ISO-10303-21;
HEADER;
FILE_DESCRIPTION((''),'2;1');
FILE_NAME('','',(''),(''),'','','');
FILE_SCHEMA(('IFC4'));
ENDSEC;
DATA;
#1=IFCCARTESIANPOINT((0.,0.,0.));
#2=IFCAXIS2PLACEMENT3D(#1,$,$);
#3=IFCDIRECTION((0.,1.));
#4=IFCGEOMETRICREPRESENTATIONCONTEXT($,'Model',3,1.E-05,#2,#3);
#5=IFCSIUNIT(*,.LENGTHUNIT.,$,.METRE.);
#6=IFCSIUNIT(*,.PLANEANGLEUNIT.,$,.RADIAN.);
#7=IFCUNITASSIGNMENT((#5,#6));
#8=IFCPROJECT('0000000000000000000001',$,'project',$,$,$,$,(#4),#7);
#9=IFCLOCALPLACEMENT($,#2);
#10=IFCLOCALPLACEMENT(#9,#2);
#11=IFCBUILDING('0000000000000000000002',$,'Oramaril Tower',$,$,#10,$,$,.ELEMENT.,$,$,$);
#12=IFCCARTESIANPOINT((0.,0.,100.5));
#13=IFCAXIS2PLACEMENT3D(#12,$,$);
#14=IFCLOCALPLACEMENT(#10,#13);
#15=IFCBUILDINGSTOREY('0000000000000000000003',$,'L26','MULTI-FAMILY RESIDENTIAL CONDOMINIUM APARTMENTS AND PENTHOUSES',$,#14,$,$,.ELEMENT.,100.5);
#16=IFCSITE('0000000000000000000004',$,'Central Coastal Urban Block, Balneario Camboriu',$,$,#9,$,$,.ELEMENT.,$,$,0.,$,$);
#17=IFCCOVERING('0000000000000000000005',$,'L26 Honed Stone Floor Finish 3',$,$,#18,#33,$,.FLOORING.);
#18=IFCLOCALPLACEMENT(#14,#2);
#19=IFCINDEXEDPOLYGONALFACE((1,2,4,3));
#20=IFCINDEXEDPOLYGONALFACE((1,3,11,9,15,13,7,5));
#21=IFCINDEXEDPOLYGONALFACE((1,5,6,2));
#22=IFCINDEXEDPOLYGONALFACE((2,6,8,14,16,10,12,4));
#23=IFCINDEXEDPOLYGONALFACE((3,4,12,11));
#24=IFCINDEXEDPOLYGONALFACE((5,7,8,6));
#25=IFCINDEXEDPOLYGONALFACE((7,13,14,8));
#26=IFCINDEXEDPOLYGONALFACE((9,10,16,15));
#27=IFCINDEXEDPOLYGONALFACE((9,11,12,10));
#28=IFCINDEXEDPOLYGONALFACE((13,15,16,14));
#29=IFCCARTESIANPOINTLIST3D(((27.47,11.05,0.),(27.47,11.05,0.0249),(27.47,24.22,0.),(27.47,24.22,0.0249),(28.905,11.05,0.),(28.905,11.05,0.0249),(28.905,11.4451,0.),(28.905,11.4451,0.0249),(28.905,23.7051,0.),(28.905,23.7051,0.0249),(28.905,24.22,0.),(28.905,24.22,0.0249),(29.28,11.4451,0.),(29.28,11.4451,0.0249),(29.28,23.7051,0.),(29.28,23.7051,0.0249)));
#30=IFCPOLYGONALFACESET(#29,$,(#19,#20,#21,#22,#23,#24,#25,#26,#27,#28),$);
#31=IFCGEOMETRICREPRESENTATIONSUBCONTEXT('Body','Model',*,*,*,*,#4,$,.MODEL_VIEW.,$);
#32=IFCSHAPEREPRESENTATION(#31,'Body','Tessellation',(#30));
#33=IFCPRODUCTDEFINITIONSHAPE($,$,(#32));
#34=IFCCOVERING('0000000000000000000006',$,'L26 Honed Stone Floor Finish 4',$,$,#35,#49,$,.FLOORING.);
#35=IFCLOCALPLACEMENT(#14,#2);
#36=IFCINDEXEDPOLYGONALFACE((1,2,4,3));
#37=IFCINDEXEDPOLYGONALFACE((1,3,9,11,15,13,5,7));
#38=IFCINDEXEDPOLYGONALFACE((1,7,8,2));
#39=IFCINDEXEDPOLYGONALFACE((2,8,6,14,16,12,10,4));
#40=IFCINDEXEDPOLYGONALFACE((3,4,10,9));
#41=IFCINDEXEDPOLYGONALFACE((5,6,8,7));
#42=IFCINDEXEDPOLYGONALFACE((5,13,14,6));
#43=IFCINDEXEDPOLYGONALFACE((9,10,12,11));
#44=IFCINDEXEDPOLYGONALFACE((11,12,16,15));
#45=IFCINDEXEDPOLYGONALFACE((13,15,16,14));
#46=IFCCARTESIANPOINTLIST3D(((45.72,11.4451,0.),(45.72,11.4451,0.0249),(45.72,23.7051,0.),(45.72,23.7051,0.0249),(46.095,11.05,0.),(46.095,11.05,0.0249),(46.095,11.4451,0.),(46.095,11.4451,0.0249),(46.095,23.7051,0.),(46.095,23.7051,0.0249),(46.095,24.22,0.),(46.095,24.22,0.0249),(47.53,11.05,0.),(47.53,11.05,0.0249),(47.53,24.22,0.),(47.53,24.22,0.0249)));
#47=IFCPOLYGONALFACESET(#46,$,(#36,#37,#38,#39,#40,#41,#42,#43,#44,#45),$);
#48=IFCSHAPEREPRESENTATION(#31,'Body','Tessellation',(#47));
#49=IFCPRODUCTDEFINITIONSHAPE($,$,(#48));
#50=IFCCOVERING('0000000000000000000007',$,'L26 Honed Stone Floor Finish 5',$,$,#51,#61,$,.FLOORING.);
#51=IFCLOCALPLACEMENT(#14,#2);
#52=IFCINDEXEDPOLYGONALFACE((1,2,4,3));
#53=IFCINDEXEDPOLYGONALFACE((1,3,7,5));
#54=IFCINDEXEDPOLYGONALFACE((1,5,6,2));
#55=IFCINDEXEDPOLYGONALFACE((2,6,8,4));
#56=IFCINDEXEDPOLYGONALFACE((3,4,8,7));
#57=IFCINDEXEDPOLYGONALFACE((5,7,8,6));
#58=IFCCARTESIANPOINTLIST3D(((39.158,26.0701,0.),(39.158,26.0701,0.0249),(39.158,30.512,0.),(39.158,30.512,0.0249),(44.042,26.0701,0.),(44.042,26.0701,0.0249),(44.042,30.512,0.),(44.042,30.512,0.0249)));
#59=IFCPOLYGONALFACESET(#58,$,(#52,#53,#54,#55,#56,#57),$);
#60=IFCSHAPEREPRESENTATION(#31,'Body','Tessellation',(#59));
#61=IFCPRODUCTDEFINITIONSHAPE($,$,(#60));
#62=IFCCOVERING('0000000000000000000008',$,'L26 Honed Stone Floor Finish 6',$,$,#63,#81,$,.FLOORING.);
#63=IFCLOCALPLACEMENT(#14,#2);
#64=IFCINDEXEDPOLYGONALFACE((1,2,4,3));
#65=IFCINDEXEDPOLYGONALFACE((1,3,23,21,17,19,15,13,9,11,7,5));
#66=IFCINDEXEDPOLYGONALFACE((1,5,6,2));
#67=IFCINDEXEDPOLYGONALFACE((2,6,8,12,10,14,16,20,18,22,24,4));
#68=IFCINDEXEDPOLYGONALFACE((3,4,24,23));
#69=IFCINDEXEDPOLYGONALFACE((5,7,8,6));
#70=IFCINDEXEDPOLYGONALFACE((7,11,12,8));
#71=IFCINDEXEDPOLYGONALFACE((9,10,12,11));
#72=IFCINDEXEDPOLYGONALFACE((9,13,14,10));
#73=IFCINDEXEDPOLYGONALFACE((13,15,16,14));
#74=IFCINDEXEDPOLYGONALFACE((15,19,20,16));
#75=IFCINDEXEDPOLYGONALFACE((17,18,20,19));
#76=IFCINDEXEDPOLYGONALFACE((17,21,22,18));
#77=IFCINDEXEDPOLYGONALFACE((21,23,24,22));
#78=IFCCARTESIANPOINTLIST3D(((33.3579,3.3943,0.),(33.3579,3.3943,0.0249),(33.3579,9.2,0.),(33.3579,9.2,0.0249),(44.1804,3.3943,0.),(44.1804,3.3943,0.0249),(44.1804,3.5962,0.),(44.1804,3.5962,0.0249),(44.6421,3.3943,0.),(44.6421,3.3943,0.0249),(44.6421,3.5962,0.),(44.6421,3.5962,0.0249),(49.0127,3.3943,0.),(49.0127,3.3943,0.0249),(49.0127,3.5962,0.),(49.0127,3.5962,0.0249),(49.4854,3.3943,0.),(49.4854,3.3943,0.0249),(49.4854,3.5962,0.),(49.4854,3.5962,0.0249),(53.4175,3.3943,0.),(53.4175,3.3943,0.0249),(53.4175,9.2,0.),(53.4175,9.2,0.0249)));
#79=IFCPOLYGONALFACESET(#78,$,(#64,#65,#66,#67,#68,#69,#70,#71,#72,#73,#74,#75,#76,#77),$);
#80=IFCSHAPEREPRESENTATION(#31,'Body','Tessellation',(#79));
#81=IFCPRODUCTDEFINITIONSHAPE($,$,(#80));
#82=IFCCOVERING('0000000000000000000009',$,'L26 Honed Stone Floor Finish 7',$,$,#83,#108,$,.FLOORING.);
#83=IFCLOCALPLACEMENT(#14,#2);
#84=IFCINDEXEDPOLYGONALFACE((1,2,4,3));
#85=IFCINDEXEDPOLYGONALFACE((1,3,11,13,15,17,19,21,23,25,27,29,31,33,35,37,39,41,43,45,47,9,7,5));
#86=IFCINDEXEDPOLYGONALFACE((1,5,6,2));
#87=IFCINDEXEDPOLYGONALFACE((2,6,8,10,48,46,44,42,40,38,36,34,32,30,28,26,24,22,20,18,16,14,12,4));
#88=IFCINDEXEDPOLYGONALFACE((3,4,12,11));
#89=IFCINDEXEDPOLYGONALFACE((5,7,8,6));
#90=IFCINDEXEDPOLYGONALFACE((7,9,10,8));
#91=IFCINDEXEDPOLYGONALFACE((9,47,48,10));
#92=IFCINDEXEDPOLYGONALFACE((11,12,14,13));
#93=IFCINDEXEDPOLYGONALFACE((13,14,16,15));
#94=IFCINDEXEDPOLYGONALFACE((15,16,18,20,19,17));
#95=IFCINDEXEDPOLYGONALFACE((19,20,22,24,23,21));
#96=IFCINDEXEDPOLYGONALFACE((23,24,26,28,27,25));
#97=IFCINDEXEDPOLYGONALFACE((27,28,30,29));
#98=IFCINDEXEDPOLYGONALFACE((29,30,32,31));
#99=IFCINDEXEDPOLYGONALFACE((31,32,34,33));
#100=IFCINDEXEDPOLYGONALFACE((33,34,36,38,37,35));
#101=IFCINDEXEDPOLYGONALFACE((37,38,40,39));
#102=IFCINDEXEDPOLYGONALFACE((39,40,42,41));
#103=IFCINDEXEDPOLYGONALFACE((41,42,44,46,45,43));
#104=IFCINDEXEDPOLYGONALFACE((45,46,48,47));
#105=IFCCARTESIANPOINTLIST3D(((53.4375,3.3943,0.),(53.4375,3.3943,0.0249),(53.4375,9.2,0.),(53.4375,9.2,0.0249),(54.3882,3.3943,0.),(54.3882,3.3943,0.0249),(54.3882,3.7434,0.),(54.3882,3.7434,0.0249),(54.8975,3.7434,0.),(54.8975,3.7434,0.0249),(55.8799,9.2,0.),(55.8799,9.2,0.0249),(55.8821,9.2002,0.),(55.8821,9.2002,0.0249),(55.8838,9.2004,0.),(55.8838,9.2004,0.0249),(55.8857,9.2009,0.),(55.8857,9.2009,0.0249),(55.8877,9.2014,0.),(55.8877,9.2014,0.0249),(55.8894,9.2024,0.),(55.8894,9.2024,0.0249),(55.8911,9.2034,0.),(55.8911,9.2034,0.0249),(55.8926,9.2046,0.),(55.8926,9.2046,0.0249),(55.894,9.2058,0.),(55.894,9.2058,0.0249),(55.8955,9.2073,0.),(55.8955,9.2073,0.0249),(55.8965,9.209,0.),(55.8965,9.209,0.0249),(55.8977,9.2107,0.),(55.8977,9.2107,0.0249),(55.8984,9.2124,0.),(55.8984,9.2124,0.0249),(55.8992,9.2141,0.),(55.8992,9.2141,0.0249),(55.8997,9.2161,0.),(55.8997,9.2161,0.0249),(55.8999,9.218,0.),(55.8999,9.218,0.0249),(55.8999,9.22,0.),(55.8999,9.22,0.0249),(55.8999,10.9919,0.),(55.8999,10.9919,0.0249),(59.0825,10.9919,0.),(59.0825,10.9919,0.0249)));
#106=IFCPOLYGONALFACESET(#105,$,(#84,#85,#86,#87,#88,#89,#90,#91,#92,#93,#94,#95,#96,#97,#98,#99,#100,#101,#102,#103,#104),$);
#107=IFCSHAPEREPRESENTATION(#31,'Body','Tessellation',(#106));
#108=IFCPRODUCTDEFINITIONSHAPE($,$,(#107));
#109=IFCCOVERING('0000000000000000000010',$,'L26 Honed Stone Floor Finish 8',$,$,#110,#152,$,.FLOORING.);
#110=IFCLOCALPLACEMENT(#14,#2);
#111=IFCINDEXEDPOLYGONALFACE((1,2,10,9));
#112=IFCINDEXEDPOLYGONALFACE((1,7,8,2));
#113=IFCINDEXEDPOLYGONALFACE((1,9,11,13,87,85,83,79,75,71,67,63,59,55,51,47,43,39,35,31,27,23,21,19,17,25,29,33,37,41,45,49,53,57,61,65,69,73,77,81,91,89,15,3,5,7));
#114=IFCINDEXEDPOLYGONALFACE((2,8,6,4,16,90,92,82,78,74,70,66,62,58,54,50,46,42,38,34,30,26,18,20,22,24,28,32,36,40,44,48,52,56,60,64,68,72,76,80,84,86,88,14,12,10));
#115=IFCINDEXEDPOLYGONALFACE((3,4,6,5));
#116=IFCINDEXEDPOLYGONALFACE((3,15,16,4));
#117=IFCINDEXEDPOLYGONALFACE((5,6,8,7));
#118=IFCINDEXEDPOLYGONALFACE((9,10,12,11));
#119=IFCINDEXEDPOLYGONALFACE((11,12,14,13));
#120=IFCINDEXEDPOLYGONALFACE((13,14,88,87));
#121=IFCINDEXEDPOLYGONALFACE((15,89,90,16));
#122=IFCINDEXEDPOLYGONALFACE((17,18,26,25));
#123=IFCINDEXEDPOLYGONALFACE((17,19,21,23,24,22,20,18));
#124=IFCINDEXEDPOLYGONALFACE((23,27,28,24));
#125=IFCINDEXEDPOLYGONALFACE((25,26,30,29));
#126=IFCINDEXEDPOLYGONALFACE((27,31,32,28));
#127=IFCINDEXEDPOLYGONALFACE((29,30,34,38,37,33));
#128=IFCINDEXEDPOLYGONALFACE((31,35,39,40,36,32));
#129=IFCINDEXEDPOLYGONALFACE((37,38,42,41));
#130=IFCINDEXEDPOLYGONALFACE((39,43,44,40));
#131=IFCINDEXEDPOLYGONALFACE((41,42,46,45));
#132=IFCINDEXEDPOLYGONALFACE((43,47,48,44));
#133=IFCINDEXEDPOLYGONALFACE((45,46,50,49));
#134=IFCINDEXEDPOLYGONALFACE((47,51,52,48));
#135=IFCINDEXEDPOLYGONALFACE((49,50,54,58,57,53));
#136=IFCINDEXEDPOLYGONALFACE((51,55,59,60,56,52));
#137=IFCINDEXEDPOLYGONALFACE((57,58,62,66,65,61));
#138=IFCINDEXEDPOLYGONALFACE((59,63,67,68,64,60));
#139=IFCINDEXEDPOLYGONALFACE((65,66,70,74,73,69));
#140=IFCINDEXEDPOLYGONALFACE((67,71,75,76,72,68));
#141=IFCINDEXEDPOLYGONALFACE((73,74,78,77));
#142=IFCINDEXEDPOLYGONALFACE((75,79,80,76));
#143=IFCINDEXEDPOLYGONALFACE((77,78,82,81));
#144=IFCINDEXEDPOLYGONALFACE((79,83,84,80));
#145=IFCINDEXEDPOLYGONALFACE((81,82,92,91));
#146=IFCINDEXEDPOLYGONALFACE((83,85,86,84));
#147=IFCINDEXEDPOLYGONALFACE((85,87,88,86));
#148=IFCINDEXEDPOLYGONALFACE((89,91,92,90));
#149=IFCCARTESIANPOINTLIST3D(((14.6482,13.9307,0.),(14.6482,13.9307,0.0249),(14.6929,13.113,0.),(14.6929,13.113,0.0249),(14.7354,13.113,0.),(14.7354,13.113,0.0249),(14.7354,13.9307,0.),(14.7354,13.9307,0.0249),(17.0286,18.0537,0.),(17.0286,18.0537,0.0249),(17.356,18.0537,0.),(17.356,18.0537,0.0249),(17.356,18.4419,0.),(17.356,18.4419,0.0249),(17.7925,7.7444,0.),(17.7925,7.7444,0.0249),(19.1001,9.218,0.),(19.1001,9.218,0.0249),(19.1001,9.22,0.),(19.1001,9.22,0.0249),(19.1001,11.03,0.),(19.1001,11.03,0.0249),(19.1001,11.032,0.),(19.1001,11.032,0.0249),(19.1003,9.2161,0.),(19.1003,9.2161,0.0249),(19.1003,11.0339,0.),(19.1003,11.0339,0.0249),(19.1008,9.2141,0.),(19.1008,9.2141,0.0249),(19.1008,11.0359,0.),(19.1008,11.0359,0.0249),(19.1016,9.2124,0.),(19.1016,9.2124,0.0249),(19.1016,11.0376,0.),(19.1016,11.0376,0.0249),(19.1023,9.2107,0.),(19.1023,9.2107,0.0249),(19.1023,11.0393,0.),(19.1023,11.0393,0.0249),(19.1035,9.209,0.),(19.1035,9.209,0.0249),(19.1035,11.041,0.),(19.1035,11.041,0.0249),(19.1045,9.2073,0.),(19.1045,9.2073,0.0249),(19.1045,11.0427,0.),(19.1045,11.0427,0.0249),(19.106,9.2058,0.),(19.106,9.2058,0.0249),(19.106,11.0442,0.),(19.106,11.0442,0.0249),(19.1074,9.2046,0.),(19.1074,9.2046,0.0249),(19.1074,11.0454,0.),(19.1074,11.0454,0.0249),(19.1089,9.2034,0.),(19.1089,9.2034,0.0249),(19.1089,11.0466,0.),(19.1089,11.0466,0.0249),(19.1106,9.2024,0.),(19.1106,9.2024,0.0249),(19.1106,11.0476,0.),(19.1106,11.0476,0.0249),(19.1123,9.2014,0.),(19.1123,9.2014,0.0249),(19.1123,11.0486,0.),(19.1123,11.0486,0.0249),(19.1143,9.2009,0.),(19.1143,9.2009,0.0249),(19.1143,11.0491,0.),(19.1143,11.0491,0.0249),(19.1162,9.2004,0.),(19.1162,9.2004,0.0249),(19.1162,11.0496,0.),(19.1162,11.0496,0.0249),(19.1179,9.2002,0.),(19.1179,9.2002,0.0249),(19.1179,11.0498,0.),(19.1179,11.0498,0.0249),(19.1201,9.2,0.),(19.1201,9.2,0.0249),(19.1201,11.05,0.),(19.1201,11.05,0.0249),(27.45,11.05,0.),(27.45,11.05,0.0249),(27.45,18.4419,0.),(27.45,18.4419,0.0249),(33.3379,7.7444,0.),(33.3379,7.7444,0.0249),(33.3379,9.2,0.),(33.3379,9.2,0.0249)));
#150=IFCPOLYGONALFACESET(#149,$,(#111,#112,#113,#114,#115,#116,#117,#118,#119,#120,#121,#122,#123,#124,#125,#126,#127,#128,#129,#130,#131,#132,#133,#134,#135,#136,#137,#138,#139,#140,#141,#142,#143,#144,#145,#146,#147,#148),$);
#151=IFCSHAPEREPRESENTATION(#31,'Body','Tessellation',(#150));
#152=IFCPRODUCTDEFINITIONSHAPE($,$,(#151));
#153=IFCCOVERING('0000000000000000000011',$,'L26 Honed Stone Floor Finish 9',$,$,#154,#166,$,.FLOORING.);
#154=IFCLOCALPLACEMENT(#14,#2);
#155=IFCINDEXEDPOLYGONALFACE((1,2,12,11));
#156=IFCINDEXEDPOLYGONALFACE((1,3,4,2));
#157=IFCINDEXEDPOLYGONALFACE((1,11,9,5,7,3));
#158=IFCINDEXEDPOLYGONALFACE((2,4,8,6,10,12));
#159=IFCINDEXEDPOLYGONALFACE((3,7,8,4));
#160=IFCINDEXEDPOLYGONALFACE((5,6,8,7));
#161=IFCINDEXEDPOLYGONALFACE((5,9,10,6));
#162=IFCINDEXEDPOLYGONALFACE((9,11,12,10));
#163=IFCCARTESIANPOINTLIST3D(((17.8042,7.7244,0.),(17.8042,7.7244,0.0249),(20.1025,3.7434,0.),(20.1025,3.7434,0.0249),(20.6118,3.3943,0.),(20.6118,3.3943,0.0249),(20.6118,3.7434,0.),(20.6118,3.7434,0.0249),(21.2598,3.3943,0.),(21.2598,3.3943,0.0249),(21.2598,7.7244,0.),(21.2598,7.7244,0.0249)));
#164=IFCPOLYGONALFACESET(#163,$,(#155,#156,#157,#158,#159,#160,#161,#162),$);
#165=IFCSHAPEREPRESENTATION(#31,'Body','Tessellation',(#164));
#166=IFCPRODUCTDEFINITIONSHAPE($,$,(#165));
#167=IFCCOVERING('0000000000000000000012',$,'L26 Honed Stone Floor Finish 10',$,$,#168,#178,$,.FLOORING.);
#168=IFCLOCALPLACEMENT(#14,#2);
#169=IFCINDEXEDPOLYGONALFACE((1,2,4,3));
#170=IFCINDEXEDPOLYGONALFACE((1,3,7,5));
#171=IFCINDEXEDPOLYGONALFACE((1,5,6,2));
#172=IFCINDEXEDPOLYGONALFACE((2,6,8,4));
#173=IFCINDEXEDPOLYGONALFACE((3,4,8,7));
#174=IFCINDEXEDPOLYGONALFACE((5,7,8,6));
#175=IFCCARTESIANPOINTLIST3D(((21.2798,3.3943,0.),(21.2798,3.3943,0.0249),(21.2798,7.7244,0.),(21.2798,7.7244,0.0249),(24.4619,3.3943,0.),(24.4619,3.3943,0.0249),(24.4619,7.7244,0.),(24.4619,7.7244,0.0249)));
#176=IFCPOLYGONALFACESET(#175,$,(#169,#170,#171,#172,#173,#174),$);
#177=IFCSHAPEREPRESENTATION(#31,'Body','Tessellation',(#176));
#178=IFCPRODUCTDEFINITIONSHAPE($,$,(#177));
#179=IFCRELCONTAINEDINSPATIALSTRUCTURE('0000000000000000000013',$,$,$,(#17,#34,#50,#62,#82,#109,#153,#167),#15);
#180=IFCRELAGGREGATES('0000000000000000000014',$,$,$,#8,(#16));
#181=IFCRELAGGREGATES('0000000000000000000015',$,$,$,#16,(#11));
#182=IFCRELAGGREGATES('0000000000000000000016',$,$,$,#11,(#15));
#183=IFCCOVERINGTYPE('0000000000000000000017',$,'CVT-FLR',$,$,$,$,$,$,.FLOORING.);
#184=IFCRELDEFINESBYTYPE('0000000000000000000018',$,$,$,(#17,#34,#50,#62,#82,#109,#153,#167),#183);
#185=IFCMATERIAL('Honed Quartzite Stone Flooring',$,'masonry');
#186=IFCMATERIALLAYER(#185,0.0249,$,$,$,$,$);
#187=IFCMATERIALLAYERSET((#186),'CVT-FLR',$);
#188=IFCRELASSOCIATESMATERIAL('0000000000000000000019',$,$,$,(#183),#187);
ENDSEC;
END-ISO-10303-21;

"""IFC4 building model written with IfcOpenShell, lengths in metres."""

from ifc_helpers import new_model, si_unit, direction, frame, origin, place, context, subcontext, project, spatial, polyline, outline, extrude, material, layer, layer_set, type_object, element, save


model = new_model("IFC4")

# Units and contexts
model_context = context("Model", 3, precision=1e-05, world=origin(), true_north=direction((0.0, 1.0)))
body_context = subcontext(model_context, "Body", "Model", "MODEL_VIEW")
ifc_project = project(units=[si_unit("LENGTHUNIT", "METRE"), si_unit("PLANEANGLEUNIT", "RADIAN")], contexts=[model_context])

# Site, building, storey
site_placement = place(None, origin())
site = spatial("IfcSite", under=ifc_project, at=site_placement, Name="Central Coastal Urban Block, Balneario Camboriu", CompositionType="ELEMENT", RefElevation=0.0)
building_placement = place(site_placement, origin())
building = spatial("IfcBuilding", under=site, at=building_placement, Name="Oramaril Tower", CompositionType="ELEMENT")
storey_placement = place(building_placement, frame((0.0, 0.0, 100.5)))
storey = spatial("IfcBuildingStorey", under=building, at=storey_placement, Name="L26", Description="MULTI-FAMILY RESIDENTIAL CONDOMINIUM APARTMENTS AND PENTHOUSES", CompositionType="ELEMENT", Elevation=100.5)

# Coverings
ifc_material_1 = material(Name="Honed Quartzite Stone Flooring", Category="masonry")
ifc_layer_1 = layer(ifc_material_1, 0.0249)
ifc_layer_set_1 = layer_set([ifc_layer_1], Name="CVT-FLR")
covering_type_1 = type_object("IfcCoveringType", Name="CVT-FLR", PredefinedType="FLOORING", material=ifc_layer_set_1)
covering_1_placement = place(storey_placement, origin())
element("IfcCovering", 1, at=covering_1_placement, inside=storey, type_object=covering_type_1, Name="L26 Honed Stone Floor Finish 3", PredefinedType="FLOORING", context=body_context, shape_type="SweptSolid", body=[
    extrude(outline(polyline([(28.905, 23.7051), (29.28, 23.7051), (29.28, 11.4451), (28.905, 11.4451), (28.905, 11.05), (27.47, 11.05), (27.47, 24.22), (28.905, 24.22), (28.905, 23.7051)])), origin(), (0.0, 0.0, 1.0), 0.0249),
])
covering_2_placement = place(storey_placement, origin())
element("IfcCovering", 2, at=covering_2_placement, inside=storey, type_object=covering_type_1, Name="L26 Honed Stone Floor Finish 4", PredefinedType="FLOORING", context=body_context, shape_type="SweptSolid", body=[
    extrude(outline(polyline([(47.53, 11.05), (46.095, 11.05), (46.095, 11.4451), (45.72, 11.4451), (45.72, 23.7051), (46.095, 23.7051), (46.095, 24.22), (47.53, 24.22), (47.53, 11.05)])), origin(), (0.0, 0.0, 1.0), 0.0249),
])
covering_3_placement = place(storey_placement, origin())
element("IfcCovering", 3, at=covering_3_placement, inside=storey, type_object=covering_type_1, Name="L26 Honed Stone Floor Finish 5", PredefinedType="FLOORING", context=body_context, shape_type="SweptSolid", body=[
    extrude(outline(polyline([(44.042, 30.512), (44.042, 26.0701), (39.158, 26.0701), (39.158, 30.512), (44.042, 30.512)])), origin(), (0.0, 0.0, 1.0), 0.0249),
])
covering_4_placement = place(storey_placement, origin())
element("IfcCovering", 4, at=covering_4_placement, inside=storey, type_object=covering_type_1, Name="L26 Honed Stone Floor Finish 6", PredefinedType="FLOORING", context=body_context, shape_type="SweptSolid", body=[
    extrude(outline(polyline([(49.4854, 3.3943), (49.4854, 3.5962), (49.0127, 3.5962), (49.0127, 3.3943), (44.6421, 3.3943), (44.6421, 3.5962), (44.1804, 3.5962), (44.1804, 3.3943), (33.3579, 3.3943), (33.3579, 9.2), (53.4175, 9.2), (53.4175, 3.3943), (49.4854, 3.3943)])), origin(), (0.0, 0.0, 1.0), 0.0249),
])
covering_5_placement = place(storey_placement, origin())
element("IfcCovering", 5, at=covering_5_placement, inside=storey, type_object=covering_type_1, Name="L26 Honed Stone Floor Finish 7", PredefinedType="FLOORING", context=body_context, shape_type="SweptSolid", body=[
    extrude(outline(polyline([(59.0825, 10.9919), (54.8975, 3.7434), (54.3882, 3.7434), (54.3882, 3.3943), (53.4375, 3.3943), (53.4375, 9.2), (55.8799, 9.2), (55.8821, 9.2002), (55.8838, 9.2004), (55.8857, 9.2009), (55.8877, 9.2014), (55.8894, 9.2024), (55.8911, 9.2034), (55.8926, 9.2046), (55.894, 9.2058), (55.8955, 9.2073), (55.8965, 9.209), (55.8977, 9.2107), (55.8984, 9.2124), (55.8992, 9.2141), (55.8997, 9.2161), (55.8999, 9.218), (55.8999, 9.22), (55.8999, 10.9919), (59.0825, 10.9919)])), origin(), (0.0, 0.0, 1.0), 0.0249),
])
covering_6_placement = place(storey_placement, origin())
element("IfcCovering", 6, at=covering_6_placement, inside=storey, type_object=covering_type_1, Name="L26 Honed Stone Floor Finish 8", PredefinedType="FLOORING", context=body_context, shape_type="SweptSolid", body=[
    extrude(outline(polyline([(17.356, 18.0537), (17.356, 18.4419), (27.45, 18.4419), (27.45, 11.05), (19.1201, 11.05), (19.1179, 11.0498), (19.1162, 11.0496), (19.1143, 11.0491), (19.1123, 11.0486), (19.1106, 11.0476), (19.1089, 11.0466), (19.1074, 11.0454), (19.106, 11.0442), (19.1045, 11.0427), (19.1035, 11.041), (19.1023, 11.0393), (19.1016, 11.0376), (19.1008, 11.0359), (19.1003, 11.0339), (19.1001, 11.032), (19.1001, 11.03), (19.1001, 9.22), (19.1001, 9.218), (19.1003, 9.2161), (19.1008, 9.2141), (19.1016, 9.2124), (19.1023, 9.2107), (19.1035, 9.209), (19.1045, 9.2073), (19.106, 9.2058), (19.1074, 9.2046), (19.1089, 9.2034), (19.1106, 9.2024), (19.1123, 9.2014), (19.1143, 9.2009), (19.1162, 9.2004), (19.1179, 9.2002), (19.1201, 9.2), (33.3379, 9.2), (33.3379, 7.7444), (17.7925, 7.7444), (14.6929, 13.113), (14.7354, 13.113), (14.7354, 13.9307), (14.6482, 13.9307), (17.0286, 18.0537), (17.356, 18.0537)])), origin(), (0.0, 0.0, 1.0), 0.0249),
])
covering_7_placement = place(storey_placement, origin())
element("IfcCovering", 7, at=covering_7_placement, inside=storey, type_object=covering_type_1, Name="L26 Honed Stone Floor Finish 9", PredefinedType="FLOORING", context=body_context, shape_type="SweptSolid", body=[
    extrude(outline(polyline([(20.6118, 3.3943), (20.6118, 3.7434), (20.1025, 3.7434), (17.8042, 7.7244), (21.2598, 7.7244), (21.2598, 3.3943), (20.6118, 3.3943)])), origin(), (0.0, 0.0, 1.0), 0.0249),
])
covering_8_placement = place(storey_placement, origin())
element("IfcCovering", 8, at=covering_8_placement, inside=storey, type_object=covering_type_1, Name="L26 Honed Stone Floor Finish 10", PredefinedType="FLOORING", context=body_context, shape_type="SweptSolid", body=[
    extrude(outline(polyline([(21.2798, 3.3943), (21.2798, 7.7244), (24.4619, 7.7244), (24.4619, 3.3943), (21.2798, 3.3943)])), origin(), (0.0, 0.0, 1.0), 0.0249),
])

save(model, "model.ifc")
